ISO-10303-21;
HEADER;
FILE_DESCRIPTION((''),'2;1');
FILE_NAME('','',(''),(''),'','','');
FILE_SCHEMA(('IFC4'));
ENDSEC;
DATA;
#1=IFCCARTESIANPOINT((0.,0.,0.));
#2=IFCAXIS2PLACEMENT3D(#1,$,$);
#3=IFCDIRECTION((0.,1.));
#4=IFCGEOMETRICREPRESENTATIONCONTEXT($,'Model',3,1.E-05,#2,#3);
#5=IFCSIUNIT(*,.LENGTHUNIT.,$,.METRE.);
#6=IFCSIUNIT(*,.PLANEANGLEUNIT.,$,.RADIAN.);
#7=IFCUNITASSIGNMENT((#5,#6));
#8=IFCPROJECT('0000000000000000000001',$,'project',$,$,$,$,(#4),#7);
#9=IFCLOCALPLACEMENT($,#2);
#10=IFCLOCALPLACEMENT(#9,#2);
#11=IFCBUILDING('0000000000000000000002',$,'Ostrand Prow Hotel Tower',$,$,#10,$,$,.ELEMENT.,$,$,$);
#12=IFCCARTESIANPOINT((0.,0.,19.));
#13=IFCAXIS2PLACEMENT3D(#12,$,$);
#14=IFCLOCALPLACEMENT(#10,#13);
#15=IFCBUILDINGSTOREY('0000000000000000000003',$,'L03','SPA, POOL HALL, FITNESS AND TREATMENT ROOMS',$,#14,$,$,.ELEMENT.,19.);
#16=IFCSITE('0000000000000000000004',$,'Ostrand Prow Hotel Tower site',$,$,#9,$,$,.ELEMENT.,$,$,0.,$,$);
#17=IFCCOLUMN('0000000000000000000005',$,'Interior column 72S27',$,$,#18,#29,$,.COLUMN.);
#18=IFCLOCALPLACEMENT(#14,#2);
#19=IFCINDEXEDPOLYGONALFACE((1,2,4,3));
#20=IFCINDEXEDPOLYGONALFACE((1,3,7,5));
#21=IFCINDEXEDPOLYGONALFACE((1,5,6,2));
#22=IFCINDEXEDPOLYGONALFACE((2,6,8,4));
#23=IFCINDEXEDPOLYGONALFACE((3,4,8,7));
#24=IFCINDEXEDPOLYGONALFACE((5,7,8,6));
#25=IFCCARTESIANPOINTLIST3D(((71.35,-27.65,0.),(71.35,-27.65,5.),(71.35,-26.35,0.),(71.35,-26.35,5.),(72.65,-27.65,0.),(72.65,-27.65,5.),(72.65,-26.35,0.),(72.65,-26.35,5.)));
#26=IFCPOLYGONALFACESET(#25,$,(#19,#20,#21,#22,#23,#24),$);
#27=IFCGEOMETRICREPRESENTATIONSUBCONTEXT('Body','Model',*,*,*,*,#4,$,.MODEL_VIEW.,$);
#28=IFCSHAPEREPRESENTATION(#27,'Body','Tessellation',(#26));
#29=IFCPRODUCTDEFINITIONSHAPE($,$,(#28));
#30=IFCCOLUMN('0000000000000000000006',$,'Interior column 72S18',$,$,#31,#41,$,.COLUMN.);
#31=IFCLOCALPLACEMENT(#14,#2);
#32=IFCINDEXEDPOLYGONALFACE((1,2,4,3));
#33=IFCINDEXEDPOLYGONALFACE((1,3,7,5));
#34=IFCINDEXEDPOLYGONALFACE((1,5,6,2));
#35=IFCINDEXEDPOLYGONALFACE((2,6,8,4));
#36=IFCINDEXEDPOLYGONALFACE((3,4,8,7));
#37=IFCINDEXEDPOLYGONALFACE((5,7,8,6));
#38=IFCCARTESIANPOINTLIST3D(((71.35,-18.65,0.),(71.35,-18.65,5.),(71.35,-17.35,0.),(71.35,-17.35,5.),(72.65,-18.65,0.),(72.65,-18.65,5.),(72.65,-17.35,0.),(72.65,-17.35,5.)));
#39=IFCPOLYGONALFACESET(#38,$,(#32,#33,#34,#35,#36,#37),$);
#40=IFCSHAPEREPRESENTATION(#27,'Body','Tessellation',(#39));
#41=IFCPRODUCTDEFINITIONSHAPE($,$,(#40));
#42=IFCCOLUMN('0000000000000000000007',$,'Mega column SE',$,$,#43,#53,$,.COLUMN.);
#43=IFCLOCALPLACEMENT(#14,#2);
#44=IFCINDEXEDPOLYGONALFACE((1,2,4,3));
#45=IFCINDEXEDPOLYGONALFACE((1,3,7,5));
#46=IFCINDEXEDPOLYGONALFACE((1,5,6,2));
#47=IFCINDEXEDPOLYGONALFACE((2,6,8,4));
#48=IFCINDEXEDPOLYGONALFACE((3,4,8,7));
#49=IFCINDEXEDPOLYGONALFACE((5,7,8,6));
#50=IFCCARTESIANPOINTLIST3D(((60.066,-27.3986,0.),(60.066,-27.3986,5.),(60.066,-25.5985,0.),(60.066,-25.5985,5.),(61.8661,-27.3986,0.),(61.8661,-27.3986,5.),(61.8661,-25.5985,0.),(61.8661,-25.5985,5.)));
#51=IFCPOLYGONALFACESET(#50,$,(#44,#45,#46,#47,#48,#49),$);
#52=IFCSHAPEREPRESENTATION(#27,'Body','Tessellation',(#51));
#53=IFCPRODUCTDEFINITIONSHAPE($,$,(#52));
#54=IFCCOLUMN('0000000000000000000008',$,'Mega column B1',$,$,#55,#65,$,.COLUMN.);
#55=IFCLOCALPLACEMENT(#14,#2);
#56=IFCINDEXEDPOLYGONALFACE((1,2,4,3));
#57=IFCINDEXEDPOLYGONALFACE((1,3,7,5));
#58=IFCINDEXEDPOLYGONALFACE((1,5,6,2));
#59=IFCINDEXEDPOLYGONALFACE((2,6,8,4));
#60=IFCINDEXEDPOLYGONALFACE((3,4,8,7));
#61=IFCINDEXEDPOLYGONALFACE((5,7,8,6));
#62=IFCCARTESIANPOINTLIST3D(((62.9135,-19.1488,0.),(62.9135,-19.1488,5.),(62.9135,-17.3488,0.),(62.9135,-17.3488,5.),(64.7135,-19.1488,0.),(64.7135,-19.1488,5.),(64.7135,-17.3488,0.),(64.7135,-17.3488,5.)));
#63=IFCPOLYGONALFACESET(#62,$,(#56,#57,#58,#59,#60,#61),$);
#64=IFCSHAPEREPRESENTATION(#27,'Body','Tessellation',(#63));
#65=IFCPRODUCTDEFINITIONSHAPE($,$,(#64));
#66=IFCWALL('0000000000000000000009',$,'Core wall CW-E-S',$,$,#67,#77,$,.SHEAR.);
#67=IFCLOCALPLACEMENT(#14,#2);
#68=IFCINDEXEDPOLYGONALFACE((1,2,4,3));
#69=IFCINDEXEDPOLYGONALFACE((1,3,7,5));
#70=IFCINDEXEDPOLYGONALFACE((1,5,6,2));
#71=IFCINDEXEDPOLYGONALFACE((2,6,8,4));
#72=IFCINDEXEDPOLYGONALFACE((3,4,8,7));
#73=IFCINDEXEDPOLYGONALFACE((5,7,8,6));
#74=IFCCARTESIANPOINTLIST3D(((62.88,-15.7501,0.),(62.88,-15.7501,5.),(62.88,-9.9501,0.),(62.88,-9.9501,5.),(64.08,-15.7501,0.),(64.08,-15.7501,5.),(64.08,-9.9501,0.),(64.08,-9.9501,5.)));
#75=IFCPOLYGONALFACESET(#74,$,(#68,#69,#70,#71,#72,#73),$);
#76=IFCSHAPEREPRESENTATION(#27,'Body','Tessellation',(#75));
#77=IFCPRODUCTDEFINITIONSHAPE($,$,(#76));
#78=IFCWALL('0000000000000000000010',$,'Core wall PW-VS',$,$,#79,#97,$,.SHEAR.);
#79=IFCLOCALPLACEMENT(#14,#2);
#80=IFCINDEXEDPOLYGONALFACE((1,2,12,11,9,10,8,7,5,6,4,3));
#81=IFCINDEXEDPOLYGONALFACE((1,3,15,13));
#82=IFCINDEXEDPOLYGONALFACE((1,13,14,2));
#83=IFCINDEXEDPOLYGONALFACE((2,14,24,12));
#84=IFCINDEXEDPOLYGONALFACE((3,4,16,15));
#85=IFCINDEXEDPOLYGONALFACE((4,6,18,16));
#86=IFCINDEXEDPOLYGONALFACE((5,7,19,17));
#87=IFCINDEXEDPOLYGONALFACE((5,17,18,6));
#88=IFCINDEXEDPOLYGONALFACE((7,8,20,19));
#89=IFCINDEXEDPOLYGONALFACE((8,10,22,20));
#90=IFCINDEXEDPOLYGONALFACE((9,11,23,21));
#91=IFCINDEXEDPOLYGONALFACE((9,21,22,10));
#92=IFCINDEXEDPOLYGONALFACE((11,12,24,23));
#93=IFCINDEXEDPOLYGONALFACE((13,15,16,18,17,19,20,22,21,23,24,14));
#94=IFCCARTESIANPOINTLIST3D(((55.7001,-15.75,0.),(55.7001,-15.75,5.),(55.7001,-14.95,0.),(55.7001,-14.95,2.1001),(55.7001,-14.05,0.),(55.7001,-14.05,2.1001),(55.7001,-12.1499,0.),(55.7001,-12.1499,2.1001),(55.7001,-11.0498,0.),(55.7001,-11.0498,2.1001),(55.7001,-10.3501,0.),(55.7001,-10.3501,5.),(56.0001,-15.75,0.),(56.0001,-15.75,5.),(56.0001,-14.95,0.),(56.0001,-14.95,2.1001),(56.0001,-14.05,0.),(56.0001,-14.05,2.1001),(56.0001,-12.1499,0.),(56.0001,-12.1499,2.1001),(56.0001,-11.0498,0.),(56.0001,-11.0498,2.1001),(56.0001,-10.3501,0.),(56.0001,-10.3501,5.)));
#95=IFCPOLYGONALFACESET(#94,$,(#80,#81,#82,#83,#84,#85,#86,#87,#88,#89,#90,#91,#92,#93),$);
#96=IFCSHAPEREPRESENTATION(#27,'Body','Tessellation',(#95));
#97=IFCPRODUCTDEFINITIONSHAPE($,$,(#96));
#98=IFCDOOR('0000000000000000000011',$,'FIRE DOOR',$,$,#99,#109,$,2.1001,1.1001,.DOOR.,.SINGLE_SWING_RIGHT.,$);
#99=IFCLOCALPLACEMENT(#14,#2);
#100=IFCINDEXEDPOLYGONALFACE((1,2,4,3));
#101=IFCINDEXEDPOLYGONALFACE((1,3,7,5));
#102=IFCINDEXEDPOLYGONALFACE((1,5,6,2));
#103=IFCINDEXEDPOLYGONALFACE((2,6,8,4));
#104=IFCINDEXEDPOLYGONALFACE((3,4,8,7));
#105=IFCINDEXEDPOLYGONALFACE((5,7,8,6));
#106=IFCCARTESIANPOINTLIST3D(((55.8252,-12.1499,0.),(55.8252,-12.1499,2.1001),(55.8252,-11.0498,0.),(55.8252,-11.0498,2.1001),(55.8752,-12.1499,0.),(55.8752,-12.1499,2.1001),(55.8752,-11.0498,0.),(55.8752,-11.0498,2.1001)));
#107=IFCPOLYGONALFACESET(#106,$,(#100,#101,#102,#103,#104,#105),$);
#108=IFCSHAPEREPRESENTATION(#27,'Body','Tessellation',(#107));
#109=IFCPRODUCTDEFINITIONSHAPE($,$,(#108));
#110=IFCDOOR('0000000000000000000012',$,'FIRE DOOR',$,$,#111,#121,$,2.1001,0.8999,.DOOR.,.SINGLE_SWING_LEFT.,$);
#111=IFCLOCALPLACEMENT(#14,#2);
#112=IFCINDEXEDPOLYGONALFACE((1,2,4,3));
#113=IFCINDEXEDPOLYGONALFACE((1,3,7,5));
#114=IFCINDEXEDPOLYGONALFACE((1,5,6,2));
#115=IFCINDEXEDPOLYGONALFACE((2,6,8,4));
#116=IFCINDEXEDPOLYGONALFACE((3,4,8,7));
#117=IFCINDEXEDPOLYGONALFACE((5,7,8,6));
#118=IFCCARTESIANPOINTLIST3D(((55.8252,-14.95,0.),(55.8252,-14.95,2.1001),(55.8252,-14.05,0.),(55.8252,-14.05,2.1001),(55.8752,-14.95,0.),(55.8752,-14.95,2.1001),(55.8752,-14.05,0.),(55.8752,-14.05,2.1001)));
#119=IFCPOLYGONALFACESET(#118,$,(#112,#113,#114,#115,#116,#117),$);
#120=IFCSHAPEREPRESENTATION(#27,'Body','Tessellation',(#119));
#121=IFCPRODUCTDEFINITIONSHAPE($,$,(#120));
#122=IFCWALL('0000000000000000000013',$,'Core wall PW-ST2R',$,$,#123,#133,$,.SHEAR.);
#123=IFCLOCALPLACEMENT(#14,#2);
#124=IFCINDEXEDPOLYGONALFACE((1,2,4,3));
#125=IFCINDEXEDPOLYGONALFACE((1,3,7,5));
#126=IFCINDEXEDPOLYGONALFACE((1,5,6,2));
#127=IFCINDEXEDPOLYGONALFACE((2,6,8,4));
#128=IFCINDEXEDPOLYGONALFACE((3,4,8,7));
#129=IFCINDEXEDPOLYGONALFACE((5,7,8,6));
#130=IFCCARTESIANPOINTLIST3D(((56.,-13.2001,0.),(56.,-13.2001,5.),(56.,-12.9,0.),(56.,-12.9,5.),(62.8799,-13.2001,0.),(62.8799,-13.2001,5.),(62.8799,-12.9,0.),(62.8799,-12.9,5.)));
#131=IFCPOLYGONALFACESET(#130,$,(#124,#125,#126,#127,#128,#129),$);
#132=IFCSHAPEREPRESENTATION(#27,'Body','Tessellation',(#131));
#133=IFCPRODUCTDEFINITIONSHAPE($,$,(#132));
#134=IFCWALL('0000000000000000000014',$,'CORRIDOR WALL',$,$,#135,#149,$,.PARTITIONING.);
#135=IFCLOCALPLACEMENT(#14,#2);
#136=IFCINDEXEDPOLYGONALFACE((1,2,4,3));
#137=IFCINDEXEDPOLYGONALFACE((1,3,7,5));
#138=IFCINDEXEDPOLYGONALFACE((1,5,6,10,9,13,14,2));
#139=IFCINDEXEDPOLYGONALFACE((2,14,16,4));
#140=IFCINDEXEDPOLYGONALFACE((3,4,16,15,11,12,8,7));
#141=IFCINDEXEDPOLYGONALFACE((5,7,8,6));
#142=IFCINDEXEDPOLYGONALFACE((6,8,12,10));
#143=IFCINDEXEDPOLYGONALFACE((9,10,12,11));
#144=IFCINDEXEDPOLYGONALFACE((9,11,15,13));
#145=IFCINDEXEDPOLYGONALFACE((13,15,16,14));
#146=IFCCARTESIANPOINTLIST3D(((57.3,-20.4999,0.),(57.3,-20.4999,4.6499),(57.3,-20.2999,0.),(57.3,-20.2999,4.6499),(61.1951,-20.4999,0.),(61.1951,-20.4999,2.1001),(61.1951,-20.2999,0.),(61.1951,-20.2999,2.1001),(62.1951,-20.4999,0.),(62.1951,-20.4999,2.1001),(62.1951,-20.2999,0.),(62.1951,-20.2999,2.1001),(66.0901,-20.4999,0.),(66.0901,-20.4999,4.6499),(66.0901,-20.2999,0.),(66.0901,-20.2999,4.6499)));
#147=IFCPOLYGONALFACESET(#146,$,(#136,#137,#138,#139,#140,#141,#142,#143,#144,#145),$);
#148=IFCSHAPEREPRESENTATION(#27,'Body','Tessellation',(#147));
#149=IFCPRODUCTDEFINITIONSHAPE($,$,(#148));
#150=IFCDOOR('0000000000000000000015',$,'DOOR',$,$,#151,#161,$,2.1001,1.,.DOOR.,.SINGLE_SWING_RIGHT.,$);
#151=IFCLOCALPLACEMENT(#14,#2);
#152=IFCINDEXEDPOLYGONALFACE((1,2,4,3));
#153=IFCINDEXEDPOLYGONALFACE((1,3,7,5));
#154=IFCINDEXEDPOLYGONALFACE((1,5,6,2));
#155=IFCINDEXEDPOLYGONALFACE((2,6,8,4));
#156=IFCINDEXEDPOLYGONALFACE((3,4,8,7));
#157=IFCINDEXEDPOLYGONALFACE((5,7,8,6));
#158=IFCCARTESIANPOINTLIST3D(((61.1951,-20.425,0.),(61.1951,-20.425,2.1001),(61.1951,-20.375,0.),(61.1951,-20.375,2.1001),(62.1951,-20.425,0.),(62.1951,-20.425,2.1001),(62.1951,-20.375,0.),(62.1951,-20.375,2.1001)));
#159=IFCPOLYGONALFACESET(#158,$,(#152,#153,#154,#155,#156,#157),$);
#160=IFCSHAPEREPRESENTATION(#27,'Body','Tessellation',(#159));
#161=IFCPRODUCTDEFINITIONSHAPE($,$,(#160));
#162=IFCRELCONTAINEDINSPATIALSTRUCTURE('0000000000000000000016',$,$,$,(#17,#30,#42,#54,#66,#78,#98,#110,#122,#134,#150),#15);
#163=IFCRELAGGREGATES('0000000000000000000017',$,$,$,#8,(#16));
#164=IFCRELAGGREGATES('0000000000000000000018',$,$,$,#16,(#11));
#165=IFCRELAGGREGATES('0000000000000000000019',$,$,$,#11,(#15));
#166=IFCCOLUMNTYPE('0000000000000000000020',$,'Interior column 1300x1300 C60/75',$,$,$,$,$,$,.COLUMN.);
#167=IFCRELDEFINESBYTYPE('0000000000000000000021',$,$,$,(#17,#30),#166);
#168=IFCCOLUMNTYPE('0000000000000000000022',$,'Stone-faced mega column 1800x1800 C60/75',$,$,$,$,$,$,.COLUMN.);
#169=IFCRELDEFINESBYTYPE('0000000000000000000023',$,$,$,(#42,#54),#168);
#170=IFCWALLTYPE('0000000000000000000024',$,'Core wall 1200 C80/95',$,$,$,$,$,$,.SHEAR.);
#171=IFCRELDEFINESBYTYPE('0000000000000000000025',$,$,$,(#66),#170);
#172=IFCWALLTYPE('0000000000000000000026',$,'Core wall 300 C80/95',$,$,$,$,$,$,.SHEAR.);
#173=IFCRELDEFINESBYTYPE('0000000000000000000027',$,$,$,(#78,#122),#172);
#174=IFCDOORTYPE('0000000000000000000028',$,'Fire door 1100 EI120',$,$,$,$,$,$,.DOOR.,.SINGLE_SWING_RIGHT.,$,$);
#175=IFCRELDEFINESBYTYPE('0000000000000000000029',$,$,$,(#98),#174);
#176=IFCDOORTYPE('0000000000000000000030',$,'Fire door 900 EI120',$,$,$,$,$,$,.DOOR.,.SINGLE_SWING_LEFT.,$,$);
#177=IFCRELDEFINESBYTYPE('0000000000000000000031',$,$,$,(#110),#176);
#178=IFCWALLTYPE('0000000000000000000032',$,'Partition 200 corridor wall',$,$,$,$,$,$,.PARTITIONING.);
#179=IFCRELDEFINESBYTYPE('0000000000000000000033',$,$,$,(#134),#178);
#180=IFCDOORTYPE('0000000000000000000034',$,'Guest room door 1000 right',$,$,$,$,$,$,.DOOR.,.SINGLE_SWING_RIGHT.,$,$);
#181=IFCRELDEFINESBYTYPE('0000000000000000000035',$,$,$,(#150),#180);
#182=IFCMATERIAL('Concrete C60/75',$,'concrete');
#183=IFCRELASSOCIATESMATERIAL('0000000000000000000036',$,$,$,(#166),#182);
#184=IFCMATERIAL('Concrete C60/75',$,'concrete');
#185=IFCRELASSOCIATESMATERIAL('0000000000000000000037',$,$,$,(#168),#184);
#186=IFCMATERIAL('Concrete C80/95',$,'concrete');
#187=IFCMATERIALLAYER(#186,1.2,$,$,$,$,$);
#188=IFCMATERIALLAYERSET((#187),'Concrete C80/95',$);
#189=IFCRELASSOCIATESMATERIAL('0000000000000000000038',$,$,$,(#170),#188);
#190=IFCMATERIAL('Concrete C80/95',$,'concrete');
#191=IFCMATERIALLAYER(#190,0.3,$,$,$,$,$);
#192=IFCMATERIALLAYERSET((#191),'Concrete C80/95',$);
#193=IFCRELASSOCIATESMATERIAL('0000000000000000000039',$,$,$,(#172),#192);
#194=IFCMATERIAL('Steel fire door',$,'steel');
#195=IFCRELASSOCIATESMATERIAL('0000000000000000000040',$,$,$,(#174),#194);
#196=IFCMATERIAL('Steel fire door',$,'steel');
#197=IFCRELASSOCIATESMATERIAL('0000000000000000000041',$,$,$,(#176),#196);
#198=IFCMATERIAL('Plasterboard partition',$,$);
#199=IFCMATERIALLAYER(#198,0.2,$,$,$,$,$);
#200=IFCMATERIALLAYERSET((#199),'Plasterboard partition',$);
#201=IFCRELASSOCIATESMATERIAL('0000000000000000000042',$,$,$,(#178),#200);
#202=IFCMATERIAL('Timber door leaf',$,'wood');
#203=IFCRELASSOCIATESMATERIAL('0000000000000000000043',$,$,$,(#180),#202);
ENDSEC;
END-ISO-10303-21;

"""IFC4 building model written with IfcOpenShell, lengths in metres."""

from ifc_helpers import new_model, si_unit, direction, frame, frame_2d, origin, origin_2d, place, context, subcontext, project, spatial, rectangle, extrude, material, layer, layer_set, material_profile, profile_set, type_object, element, fill, save


model = new_model("IFC4")

# Units and contexts
model_context = context("Model", 3, precision=1e-05, world=origin(), true_north=direction((0.0, 1.0)))
body_context = subcontext(model_context, "Body", "Model", "MODEL_VIEW")
ifc_project = project(units=[si_unit("LENGTHUNIT", "METRE"), si_unit("PLANEANGLEUNIT", "RADIAN")], contexts=[model_context])

# Site, building, storey
site_placement = place(None, origin())
site = spatial("IfcSite", under=ifc_project, at=site_placement, Name="Ostrand Prow Hotel Tower site", CompositionType="ELEMENT", RefElevation=0.0)
building_placement = place(site_placement, origin())
building = spatial("IfcBuilding", under=site, at=building_placement, Name="Ostrand Prow Hotel Tower", CompositionType="ELEMENT")
storey_placement = place(building_placement, frame((0.0, 0.0, 19.0)))
storey = spatial("IfcBuildingStorey", under=building, at=storey_placement, Name="L03", Description="SPA, POOL HALL, FITNESS AND TREATMENT ROOMS", CompositionType="ELEMENT", Elevation=19.0)

# Columns
ifc_material_1 = material(Name="Concrete C60/75", Category="concrete")
ifc_material_profile_1 = material_profile(ifc_material_1, rectangle(XDim=1.3, YDim=1.3, at=origin_2d()), Name="RC 1300x1300")
ifc_profile_set_1 = profile_set([ifc_material_profile_1], Name="Concrete C60/75")
column_type_1 = type_object("IfcColumnType", Name="Interior column 1300x1300 C60/75", PredefinedType="COLUMN", material=ifc_profile_set_1)
for number, where, z_axis, x_axis, name in (
    (1, (72.0, -27.0, 0.0), (0.0, 0.0, 1.0), (1.0, 0.0, 0.0), "Interior column 72S27"),
    (2, (72.0, -18.0, 0.0), (0.0, 0.0, 1.0), (1.0, 0.0, 0.0), "Interior column 72S18"),
):
    element("IfcColumn", number, at=place(storey_placement, frame(where, z_axis=z_axis, x_axis=x_axis)), inside=storey, type_object=column_type_1, Name=name, PredefinedType="COLUMN", context=body_context, shape_type="SweptSolid", body=[
        extrude(rectangle(XDim=1.3, YDim=1.3, at=origin_2d()), origin(), (0.0, 0.0, 1.0), 5.0),
    ])
ifc_material_2 = material(Name="Concrete C60/75", Category="concrete")
ifc_material_profile_2 = material_profile(ifc_material_2, rectangle(XDim=1.8, YDim=1.8, at=origin_2d()), Name="RC 1800x1800")
ifc_profile_set_2 = profile_set([ifc_material_profile_2], Name="Concrete C60/75")
column_type_2 = type_object("IfcColumnType", Name="Stone-faced mega column 1800x1800 C60/75", PredefinedType="COLUMN", material=ifc_profile_set_2)
for number, where, z_axis, x_axis, name in (
    (3, (60.9661, -26.4985, 0.0), (0.0, 0.0, 1.0), (1.0, 0.0, 0.0), "Mega column SE"),
    (4, (63.8135, -18.2488, 0.0), (0.0, 0.0, 1.0), (1.0, 0.0, 0.0), "Mega column B1"),
):
    element("IfcColumn", number, at=place(storey_placement, frame(where, z_axis=z_axis, x_axis=x_axis)), inside=storey, type_object=column_type_2, Name=name, PredefinedType="COLUMN", context=body_context, shape_type="SweptSolid", body=[
        extrude(rectangle(XDim=1.8, YDim=1.8, at=origin_2d()), origin(), (0.0, 0.0, 1.0), 5.0),
    ])

# Wall
ifc_material_3 = material(Name="Concrete C80/95", Category="concrete")
ifc_layer_1 = layer(ifc_material_3, 1.2)
ifc_layer_set_1 = layer_set([ifc_layer_1], Name="Concrete C80/95")
wall_type_1 = type_object("IfcWallType", Name="Core wall 1200 C80/95", PredefinedType="SHEAR", material=ifc_layer_set_1)
wall_1_placement = place(storey_placement, frame((63.48, -15.75, 0.0), z_axis=(0.0, 0.0, 1.0), x_axis=(0.0, 1.0, 0.0)))
element("IfcWall", 5, at=wall_1_placement, inside=storey, type_object=wall_type_1, Name="Core wall CW-E-S", PredefinedType="SHEAR", context=body_context, shape_type="SweptSolid", body=[
    extrude(rectangle(XDim=5.8, YDim=1.2, at=frame_2d((2.8999, 0.0))), origin(), (0.0, 0.0, 1.0), 5.0),
])

# Wall, openings, doors
ifc_material_4 = material(Name="Concrete C80/95", Category="concrete")
ifc_layer_2 = layer(ifc_material_4, 0.3)
ifc_layer_set_2 = layer_set([ifc_layer_2], Name="Concrete C80/95")
wall_type_2 = type_object("IfcWallType", Name="Core wall 300 C80/95", PredefinedType="SHEAR", material=ifc_layer_set_2)
wall_2_placement = place(storey_placement, frame((55.8501, -15.75, 0.0), z_axis=(0.0, 0.0, 1.0), x_axis=(0.0, 1.0, 0.0)))
wall_2 = element("IfcWall", 6, at=wall_2_placement, inside=storey, type_object=wall_type_2, Name="Core wall PW-VS", PredefinedType="SHEAR", context=body_context, shape_type="SweptSolid", body=[
    extrude(rectangle(XDim=5.3999, YDim=0.3, at=frame_2d((2.7, 0.0))), origin(), (0.0, 0.0, 1.0), 5.0),
])
opening_1_placement = place(wall_2_placement, frame((3.6001, 0.0, 0.0)))
opening_1 = element("IfcOpeningElement", 7, at=opening_1_placement, cuts=wall_2, PredefinedType="OPENING", context=body_context, shape_type="SweptSolid", body=[
    extrude(rectangle(XDim=1.1001, YDim=2.1001, at=frame_2d((0.55, 1.05))), frame((0.0, 0.1599, 0.0), z_axis=(0.0, -1.0, 0.0), x_axis=(1.0, 0.0, 0.0)), (0.0, 0.0, 1.0), 0.3201),
])
opening_2_placement = place(wall_2_placement, frame((0.8, 0.0, 0.0)))
opening_2 = element("IfcOpeningElement", 8, at=opening_2_placement, cuts=wall_2, PredefinedType="OPENING", context=body_context, shape_type="SweptSolid", body=[
    extrude(rectangle(XDim=0.8999, YDim=2.1001, at=frame_2d((0.45, 1.05))), frame((0.0, 0.1599, 0.0), z_axis=(0.0, -1.0, 0.0), x_axis=(1.0, 0.0, 0.0)), (0.0, 0.0, 1.0), 0.3201),
])
ifc_material_5 = material(Name="Steel fire door", Category="steel")
door_type_1 = type_object("IfcDoorType", Name="Fire door 1100 EI120", OperationType="SINGLE_SWING_RIGHT", PredefinedType="DOOR", material=ifc_material_5)
door_1_placement = place(opening_1_placement, origin())
door_1 = element("IfcDoor", 9, at=door_1_placement, inside=storey, type_object=door_type_1, Name="FIRE DOOR", OperationType="SINGLE_SWING_RIGHT", OverallHeight=2.1001, OverallWidth=1.1001, PredefinedType="DOOR", context=body_context, shape_type="SweptSolid", body=[
    extrude(rectangle(XDim=1.1001, YDim=2.1001, at=frame_2d((0.55, 1.05))), frame((0.0, 0.0249, 0.0), z_axis=(0.0, -1.0, 0.0), x_axis=(1.0, 0.0, 0.0)), (0.0, 0.0, 1.0), 0.05),
])
fill(opening_1, door_1)
ifc_material_6 = material(Name="Steel fire door", Category="steel")
door_type_2 = type_object("IfcDoorType", Name="Fire door 900 EI120", OperationType="SINGLE_SWING_LEFT", PredefinedType="DOOR", material=ifc_material_6)
door_2_placement = place(opening_2_placement, origin())
door_2 = element("IfcDoor", 10, at=door_2_placement, inside=storey, type_object=door_type_2, Name="FIRE DOOR", OperationType="SINGLE_SWING_LEFT", OverallHeight=2.1001, OverallWidth=0.8999, PredefinedType="DOOR", context=body_context, shape_type="SweptSolid", body=[
    extrude(rectangle(XDim=0.8999, YDim=2.1001, at=frame_2d((0.45, 1.05))), frame((0.0, 0.0249, 0.0), z_axis=(0.0, -1.0, 0.0), x_axis=(1.0, 0.0, 0.0)), (0.0, 0.0, 1.0), 0.05),
])
fill(opening_2, door_2)

# Wall
wall_3_placement = place(storey_placement, frame((56.0, -13.05, 0.0), z_axis=(0.0, 0.0, 1.0), x_axis=(1.0, 0.0, 0.0)))
element("IfcWall", 11, at=wall_3_placement, inside=storey, type_object=wall_type_2, Name="Core wall PW-ST2R", PredefinedType="SHEAR", context=body_context, shape_type="SweptSolid", body=[
    extrude(rectangle(XDim=6.8799, YDim=0.3, at=frame_2d((3.4399, 0.0))), origin(), (0.0, 0.0, 1.0), 5.0),
])

# Wall, opening, door
ifc_material_7 = material(Name="Plasterboard partition")
ifc_layer_3 = layer(ifc_material_7, 0.2)
ifc_layer_set_3 = layer_set([ifc_layer_3], Name="Plasterboard partition")
wall_type_3 = type_object("IfcWallType", Name="Partition 200 corridor wall", PredefinedType="PARTITIONING", material=ifc_layer_set_3)
wall_4_placement = place(storey_placement, frame((57.3, -20.3999, 0.0), z_axis=(0.0, 0.0, 1.0), x_axis=(1.0, 0.0, 0.0)))
wall_4 = element("IfcWall", 12, at=wall_4_placement, inside=storey, type_object=wall_type_3, Name="CORRIDOR WALL", PredefinedType="PARTITIONING", context=body_context, shape_type="SweptSolid", body=[
    extrude(rectangle(XDim=8.79, YDim=0.2, at=frame_2d((4.395, 0.0))), origin(), (0.0, 0.0, 1.0), 4.6499),
])
opening_3_placement = place(wall_4_placement, frame((3.895, 0.0, 0.0)))
opening_3 = element("IfcOpeningElement", 13, at=opening_3_placement, cuts=wall_4, PredefinedType="OPENING", context=body_context, shape_type="SweptSolid", body=[
    extrude(rectangle(XDim=1.0, YDim=2.1001, at=frame_2d((0.5, 1.05))), frame((0.0, 0.1099, 0.0), z_axis=(0.0, -1.0, 0.0), x_axis=(1.0, 0.0, 0.0)), (0.0, 0.0, 1.0), 0.22),
])
ifc_material_8 = material(Name="Timber door leaf", Category="wood")
door_type_3 = type_object("IfcDoorType", Name="Guest room door 1000 right", OperationType="SINGLE_SWING_RIGHT", PredefinedType="DOOR", material=ifc_material_8)
door_3_placement = place(opening_3_placement, origin())
door_3 = element("IfcDoor", 14, at=door_3_placement, inside=storey, type_object=door_type_3, Name="DOOR", OperationType="SINGLE_SWING_RIGHT", OverallHeight=2.1001, OverallWidth=1.0, PredefinedType="DOOR", context=body_context, shape_type="SweptSolid", body=[
    extrude(rectangle(XDim=1.0, YDim=2.1001, at=frame_2d((0.5, 1.05))), frame((0.0, 0.0249, 0.0), z_axis=(0.0, -1.0, 0.0), x_axis=(1.0, 0.0, 0.0)), (0.0, 0.0, 1.0), 0.05),
])
fill(opening_3, door_3)

save(model, "model.ifc")
